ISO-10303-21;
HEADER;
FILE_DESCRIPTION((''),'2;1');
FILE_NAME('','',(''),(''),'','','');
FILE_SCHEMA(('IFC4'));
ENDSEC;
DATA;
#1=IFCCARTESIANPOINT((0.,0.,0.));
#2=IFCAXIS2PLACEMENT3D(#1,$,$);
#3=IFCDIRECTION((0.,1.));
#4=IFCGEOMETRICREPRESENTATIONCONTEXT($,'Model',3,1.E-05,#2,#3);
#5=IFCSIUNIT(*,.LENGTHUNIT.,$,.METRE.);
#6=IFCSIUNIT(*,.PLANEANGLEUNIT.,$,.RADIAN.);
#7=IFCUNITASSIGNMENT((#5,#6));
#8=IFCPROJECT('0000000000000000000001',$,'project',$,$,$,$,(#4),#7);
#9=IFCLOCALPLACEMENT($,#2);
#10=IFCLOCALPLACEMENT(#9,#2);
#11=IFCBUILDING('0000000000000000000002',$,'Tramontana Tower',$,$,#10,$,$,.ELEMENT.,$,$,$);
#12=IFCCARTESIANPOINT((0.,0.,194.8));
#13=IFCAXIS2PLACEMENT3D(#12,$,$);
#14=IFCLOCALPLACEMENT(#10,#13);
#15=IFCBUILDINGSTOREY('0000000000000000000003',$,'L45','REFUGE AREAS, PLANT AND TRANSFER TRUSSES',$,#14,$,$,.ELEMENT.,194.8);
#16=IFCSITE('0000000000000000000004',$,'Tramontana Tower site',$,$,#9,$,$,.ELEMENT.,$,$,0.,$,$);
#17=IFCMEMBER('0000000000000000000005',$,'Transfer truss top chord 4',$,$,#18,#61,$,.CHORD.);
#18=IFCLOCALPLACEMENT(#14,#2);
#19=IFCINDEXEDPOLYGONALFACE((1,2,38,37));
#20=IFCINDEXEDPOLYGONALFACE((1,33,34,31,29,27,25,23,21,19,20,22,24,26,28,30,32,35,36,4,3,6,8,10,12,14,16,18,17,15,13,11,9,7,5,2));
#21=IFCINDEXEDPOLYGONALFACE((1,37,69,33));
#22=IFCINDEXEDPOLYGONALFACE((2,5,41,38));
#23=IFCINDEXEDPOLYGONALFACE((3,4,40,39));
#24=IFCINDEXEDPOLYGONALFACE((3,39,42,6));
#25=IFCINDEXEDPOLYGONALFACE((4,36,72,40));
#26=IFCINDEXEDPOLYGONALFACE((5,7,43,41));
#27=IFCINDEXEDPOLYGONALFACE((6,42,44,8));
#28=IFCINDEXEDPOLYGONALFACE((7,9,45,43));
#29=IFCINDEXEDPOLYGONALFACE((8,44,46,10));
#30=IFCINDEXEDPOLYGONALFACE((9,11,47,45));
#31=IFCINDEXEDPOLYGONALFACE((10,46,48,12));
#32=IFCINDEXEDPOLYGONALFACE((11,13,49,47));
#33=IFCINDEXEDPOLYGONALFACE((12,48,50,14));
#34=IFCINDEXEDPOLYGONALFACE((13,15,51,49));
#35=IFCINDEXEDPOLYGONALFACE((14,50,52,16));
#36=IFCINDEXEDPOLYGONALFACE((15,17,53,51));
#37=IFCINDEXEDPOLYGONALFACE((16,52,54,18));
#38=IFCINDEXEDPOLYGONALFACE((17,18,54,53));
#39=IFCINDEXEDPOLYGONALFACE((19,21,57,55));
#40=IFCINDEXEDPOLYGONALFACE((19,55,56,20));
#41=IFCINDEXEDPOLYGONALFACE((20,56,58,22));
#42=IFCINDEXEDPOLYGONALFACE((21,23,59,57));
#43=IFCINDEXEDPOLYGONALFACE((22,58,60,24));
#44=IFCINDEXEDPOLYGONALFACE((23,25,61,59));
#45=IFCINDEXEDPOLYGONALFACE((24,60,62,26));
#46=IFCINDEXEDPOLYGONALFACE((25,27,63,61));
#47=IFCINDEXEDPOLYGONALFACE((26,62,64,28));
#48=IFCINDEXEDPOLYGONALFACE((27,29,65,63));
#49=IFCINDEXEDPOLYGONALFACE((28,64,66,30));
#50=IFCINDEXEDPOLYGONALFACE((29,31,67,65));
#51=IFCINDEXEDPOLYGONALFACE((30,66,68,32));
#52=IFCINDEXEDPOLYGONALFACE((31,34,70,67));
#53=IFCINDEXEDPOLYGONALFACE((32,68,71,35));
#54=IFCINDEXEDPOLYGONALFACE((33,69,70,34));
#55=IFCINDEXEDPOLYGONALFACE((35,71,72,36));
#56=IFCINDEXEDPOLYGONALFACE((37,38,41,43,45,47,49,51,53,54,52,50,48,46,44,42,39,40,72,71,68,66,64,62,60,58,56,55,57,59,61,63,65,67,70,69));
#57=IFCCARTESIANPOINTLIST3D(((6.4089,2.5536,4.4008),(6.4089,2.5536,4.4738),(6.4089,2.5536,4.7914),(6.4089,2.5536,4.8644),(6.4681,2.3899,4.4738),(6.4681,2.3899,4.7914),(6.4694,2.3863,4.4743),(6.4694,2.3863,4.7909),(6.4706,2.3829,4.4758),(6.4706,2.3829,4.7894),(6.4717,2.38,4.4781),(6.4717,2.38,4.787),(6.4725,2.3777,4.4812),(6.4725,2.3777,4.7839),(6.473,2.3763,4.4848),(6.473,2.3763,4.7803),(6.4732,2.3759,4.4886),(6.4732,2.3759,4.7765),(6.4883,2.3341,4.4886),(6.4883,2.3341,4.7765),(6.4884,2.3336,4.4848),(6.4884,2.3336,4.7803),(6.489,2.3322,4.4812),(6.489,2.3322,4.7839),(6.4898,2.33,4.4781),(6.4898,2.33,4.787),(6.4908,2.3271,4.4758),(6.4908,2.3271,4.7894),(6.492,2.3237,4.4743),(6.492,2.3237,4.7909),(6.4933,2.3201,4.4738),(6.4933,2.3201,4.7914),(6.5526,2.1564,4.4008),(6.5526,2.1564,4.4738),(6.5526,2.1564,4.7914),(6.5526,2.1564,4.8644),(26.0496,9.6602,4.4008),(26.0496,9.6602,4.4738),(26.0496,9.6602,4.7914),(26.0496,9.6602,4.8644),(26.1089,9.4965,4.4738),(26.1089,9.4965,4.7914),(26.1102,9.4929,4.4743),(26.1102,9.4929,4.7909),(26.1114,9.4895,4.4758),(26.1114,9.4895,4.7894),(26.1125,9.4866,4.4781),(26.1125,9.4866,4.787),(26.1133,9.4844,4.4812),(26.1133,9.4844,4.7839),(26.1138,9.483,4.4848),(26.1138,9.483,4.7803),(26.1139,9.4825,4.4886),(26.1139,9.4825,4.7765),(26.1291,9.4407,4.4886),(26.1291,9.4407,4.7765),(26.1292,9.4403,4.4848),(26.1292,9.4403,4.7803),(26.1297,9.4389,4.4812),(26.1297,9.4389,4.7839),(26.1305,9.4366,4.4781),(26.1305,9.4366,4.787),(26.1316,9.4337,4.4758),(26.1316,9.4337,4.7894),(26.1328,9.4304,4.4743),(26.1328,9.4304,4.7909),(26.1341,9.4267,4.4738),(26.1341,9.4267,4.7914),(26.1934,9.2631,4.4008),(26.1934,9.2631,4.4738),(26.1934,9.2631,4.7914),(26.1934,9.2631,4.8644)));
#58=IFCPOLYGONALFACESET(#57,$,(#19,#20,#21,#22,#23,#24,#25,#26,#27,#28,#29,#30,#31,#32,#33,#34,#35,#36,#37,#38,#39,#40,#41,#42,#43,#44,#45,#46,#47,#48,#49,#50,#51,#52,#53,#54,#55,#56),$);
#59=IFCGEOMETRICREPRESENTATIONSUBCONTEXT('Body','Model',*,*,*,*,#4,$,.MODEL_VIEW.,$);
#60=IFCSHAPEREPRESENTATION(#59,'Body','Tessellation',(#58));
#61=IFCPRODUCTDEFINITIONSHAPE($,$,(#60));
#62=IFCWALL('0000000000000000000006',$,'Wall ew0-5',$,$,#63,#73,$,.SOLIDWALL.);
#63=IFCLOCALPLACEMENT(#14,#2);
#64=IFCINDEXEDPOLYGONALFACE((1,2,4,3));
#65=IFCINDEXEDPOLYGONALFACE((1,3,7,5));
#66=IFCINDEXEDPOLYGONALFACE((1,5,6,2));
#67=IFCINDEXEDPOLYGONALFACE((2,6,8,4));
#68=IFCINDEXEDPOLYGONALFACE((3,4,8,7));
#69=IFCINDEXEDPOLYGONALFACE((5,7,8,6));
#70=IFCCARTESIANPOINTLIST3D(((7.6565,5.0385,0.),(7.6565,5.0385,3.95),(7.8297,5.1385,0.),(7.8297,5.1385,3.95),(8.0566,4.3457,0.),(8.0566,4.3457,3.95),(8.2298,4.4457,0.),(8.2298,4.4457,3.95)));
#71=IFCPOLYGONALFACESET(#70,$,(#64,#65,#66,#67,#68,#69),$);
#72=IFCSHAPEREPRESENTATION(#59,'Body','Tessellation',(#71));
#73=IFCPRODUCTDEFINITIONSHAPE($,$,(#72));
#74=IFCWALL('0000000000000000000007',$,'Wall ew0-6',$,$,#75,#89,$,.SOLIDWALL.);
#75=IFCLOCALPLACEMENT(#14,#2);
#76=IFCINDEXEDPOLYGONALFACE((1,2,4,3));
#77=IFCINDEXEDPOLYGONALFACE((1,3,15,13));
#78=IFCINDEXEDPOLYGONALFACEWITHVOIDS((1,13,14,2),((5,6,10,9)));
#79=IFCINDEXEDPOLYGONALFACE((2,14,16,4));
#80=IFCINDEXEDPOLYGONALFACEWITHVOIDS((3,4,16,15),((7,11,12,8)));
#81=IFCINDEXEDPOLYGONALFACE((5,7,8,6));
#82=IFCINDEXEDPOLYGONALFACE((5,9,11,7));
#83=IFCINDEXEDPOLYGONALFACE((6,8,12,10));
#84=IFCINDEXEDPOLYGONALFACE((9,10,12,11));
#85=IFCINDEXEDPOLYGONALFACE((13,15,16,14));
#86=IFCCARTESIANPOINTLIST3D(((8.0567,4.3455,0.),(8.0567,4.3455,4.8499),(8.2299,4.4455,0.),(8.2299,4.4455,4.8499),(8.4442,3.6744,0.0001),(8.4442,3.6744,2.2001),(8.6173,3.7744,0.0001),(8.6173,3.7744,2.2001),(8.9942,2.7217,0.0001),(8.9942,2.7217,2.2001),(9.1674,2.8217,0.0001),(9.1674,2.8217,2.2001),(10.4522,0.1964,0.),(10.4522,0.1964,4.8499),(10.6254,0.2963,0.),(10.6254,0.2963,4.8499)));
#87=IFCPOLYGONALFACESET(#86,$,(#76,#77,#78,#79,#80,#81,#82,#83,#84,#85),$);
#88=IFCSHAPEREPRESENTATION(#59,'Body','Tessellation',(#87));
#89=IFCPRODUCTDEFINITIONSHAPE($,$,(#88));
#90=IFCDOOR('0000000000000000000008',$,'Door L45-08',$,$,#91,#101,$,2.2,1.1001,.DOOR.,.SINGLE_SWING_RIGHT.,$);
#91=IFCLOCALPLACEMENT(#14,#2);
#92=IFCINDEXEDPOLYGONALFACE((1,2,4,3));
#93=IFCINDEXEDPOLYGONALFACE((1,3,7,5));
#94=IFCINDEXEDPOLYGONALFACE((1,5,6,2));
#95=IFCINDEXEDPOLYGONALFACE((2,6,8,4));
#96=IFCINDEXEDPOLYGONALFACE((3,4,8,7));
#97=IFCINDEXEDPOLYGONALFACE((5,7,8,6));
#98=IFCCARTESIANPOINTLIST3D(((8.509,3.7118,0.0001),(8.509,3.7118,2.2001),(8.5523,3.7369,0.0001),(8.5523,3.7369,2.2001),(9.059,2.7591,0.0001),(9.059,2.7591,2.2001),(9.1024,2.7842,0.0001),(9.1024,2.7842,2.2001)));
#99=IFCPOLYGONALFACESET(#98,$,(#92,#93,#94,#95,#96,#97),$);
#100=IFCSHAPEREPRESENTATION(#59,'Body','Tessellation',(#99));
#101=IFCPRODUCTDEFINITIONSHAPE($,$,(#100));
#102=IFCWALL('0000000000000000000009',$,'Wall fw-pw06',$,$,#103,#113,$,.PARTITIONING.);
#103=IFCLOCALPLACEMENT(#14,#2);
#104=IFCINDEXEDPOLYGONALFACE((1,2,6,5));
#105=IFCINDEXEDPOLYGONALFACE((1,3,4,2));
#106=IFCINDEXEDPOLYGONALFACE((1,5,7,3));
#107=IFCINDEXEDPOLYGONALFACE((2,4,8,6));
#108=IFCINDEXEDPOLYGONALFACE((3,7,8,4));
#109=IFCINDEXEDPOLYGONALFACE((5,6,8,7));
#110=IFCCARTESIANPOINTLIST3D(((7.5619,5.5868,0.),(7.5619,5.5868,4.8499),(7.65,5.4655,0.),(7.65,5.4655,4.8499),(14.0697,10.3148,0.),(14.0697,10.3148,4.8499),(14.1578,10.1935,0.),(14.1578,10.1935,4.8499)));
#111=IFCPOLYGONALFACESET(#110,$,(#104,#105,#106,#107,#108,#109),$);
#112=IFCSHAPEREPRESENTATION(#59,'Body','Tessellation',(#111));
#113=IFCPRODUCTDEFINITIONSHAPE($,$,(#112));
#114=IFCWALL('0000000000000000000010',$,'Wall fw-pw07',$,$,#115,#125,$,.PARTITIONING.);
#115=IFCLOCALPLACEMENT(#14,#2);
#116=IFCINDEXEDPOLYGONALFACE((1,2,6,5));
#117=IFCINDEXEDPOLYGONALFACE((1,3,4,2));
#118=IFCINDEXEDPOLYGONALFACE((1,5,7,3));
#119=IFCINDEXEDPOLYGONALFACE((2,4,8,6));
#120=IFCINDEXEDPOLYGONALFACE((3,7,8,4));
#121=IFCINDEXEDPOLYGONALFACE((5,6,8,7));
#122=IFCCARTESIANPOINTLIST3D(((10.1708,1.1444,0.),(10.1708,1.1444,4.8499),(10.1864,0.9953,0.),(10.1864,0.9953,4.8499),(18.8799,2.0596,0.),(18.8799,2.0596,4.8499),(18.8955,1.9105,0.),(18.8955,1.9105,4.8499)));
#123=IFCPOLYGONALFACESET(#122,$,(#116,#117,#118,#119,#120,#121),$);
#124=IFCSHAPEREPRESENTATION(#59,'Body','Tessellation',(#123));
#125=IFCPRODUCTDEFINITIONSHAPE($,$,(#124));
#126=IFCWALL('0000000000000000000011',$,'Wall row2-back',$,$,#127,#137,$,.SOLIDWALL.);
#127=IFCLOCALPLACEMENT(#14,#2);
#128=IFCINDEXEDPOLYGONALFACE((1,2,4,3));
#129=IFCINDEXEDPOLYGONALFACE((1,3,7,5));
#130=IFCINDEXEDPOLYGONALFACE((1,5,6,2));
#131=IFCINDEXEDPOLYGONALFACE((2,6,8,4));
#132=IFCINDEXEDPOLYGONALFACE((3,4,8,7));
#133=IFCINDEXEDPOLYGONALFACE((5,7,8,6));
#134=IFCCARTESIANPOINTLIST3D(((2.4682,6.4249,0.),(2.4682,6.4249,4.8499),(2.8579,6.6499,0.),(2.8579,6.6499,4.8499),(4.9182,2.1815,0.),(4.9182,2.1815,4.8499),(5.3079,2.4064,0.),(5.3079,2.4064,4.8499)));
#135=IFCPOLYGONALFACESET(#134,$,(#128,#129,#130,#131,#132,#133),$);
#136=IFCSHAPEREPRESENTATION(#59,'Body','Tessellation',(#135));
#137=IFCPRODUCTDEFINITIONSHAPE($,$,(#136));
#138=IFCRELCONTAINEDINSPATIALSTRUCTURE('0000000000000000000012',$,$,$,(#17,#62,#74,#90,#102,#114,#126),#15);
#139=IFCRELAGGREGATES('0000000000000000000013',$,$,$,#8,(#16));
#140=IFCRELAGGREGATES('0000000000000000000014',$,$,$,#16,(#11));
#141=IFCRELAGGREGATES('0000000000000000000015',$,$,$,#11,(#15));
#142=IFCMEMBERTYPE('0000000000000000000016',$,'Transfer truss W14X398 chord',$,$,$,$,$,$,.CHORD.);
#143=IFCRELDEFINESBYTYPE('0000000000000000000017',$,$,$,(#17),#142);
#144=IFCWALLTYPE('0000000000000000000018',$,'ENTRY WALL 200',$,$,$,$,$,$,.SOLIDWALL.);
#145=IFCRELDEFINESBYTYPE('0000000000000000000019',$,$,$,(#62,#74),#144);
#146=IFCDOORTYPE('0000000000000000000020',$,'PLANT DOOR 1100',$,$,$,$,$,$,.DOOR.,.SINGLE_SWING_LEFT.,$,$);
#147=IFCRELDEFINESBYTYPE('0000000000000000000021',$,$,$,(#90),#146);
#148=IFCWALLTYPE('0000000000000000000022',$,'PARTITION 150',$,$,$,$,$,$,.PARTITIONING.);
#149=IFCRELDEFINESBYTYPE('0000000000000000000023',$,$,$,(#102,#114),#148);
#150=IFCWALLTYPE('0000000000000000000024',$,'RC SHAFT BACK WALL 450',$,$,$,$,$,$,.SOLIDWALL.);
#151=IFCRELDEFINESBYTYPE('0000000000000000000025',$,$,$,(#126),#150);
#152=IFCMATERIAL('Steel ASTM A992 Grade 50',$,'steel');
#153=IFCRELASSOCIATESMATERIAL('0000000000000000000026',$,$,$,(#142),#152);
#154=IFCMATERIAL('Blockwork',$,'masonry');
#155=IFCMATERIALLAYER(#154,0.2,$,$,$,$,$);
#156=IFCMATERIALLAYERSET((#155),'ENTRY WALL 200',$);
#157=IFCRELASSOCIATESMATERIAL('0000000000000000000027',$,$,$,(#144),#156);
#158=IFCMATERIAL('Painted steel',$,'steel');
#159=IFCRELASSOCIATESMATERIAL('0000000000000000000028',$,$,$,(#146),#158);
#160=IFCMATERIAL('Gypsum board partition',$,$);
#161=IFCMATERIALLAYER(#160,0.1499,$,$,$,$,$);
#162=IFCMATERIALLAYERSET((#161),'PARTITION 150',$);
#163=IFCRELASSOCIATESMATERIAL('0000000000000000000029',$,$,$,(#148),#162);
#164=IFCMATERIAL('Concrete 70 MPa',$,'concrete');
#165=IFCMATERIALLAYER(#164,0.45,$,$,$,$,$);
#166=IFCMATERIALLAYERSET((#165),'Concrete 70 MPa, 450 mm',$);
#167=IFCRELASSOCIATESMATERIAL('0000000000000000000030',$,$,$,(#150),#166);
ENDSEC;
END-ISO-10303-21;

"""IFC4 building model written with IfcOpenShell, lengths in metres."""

from ifc_helpers import new_model, si_unit, direction, frame, frame_2d, origin, origin_2d, place, context, subcontext, project, spatial, rectangle, i_section, extrude, material, layer, layer_set, material_profile, profile_set, type_object, element, fill, save


model = new_model("IFC4")

# Units and contexts
model_context = context("Model", 3, precision=1e-05, world=origin(), true_north=direction((0.0, 1.0)))
body_context = subcontext(model_context, "Body", "Model", "MODEL_VIEW")
ifc_project = project(units=[si_unit("LENGTHUNIT", "METRE"), si_unit("PLANEANGLEUNIT", "RADIAN")], contexts=[model_context])

# Site, building, storey
site_placement = place(None, origin())
site = spatial("IfcSite", under=ifc_project, at=site_placement, Name="Tramontana Tower site", CompositionType="ELEMENT", RefElevation=0.0)
building_placement = place(site_placement, origin())
building = spatial("IfcBuilding", under=site, at=building_placement, Name="Tramontana Tower", CompositionType="ELEMENT")
storey_placement = place(building_placement, frame((0.0, 0.0, 194.8)))
storey = spatial("IfcBuildingStorey", under=building, at=storey_placement, Name="L45", Description="REFUGE AREAS, PLANT AND TRANSFER TRUSSES", CompositionType="ELEMENT", Elevation=194.8)

# Member
ifc_material_1 = material(Name="Steel ASTM A992 Grade 50", Category="steel")
ifc_material_profile_1 = material_profile(ifc_material_1, i_section(OverallWidth=0.4224, OverallDepth=0.4636, WebThickness=0.0444, FlangeThickness=0.073, FilletRadius=0.0149, at=origin_2d()), Name="W14X398")
ifc_profile_set_1 = profile_set([ifc_material_profile_1], Name="Steel ASTM A992 Grade 50")
member_type_1 = type_object("IfcMemberType", Name="Transfer truss W14X398 chord", PredefinedType="CHORD", material=ifc_profile_set_1)
for number, where, z_axis, x_axis, name in (
    (1, (6.4807, 2.355, 4.6326), (0.940337, 0.340244, 0.0), (-0.340244, 0.940337, 0.0), "Transfer truss top chord 4"),
):
    element("IfcMember", number, at=place(storey_placement, frame(where, z_axis=z_axis, x_axis=x_axis)), inside=storey, type_object=member_type_1, Name=name, PredefinedType="CHORD", context=body_context, shape_type="SweptSolid", body=[
        extrude(i_section(OverallWidth=0.4224, OverallDepth=0.4636, WebThickness=0.0444, FlangeThickness=0.073, FilletRadius=0.0149, at=origin_2d()), origin(), (0.0, 0.0, 1.0), 20.887),
    ])

# Wall
ifc_material_2 = material(Name="Blockwork", Category="masonry")
ifc_layer_1 = layer(ifc_material_2, 0.2)
ifc_layer_set_1 = layer_set([ifc_layer_1], Name="ENTRY WALL 200")
wall_type_1 = type_object("IfcWallType", Name="ENTRY WALL 200", PredefinedType="SOLIDWALL", material=ifc_layer_set_1)
wall_1_placement = place(storey_placement, frame((7.7432, 5.0884, 0.0), z_axis=(0.0, 0.0, 1.0), x_axis=(0.50011, -0.865962, 0.0)))
element("IfcWall", 2, at=wall_1_placement, inside=storey, type_object=wall_type_1, Name="Wall ew0-5", PredefinedType="SOLIDWALL", context=body_context, shape_type="SweptSolid", body=[
    extrude(rectangle(XDim=0.8, YDim=0.2, at=frame_2d((0.3999, 0.0))), origin(), (0.0, 0.0, 1.0), 3.95),
])

# Wall, opening, door
wall_2_placement = place(storey_placement, frame((8.1433, 4.3955, 0.0), z_axis=(0.0, 0.0, 1.0), x_axis=(0.499997, -0.866027, 0.0)))
wall_2 = element("IfcWall", 3, at=wall_2_placement, inside=storey, type_object=wall_type_1, Name="Wall ew0-6", PredefinedType="SOLIDWALL", context=body_context, shape_type="SweptSolid", body=[
    extrude(rectangle(XDim=4.791, YDim=0.2, at=frame_2d((2.3955, 0.0))), origin(), (0.0, 0.0, 1.0), 4.8499),
])
opening_1_placement = place(wall_2_placement, frame((0.7749, 0.0, 0.0)))
opening_1 = element("IfcOpeningElement", 4, at=opening_1_placement, cuts=wall_2, PredefinedType="OPENING", context=body_context, shape_type="SweptSolid", body=[
    extrude(rectangle(XDim=1.1001, YDim=2.2, at=frame_2d((0.55, 1.1001))), frame((0.0, 0.1099, 0.0), z_axis=(0.0, -1.0, 0.0), x_axis=(1.0, 0.0, 0.0)), (0.0, 0.0, 1.0), 0.22),
])
ifc_material_3 = material(Name="Painted steel", Category="steel")
door_type_1 = type_object("IfcDoorType", Name="PLANT DOOR 1100", OperationType="SINGLE_SWING_LEFT", PredefinedType="DOOR", material=ifc_material_3)
door_1_placement = place(opening_1_placement, origin())
door_1 = element("IfcDoor", 5, at=door_1_placement, inside=storey, type_object=door_type_1, Name="Door L45-08", OperationType="SINGLE_SWING_RIGHT", OverallHeight=2.2, OverallWidth=1.1001, PredefinedType="DOOR", context=body_context, shape_type="SweptSolid", body=[
    extrude(rectangle(XDim=1.1001, YDim=2.2, at=frame_2d((0.55, 1.1001))), frame((0.0, 0.0249, 0.0), z_axis=(0.0, -1.0, 0.0), x_axis=(1.0, 0.0, 0.0)), (0.0, 0.0, 1.0), 0.05),
])
fill(opening_1, door_1)

# Walls
ifc_material_4 = material(Name="Gypsum board partition")
ifc_layer_2 = layer(ifc_material_4, 0.1499)
ifc_layer_set_2 = layer_set([ifc_layer_2], Name="PARTITION 150")
wall_type_2 = type_object("IfcWallType", Name="PARTITION 150", PredefinedType="PARTITIONING", material=ifc_layer_set_2)
wall_3_placement = place(storey_placement, frame((7.606, 5.5261, 0.0), z_axis=(0.0, 0.0, 1.0), x_axis=(0.809027, 0.587771, 0.0)))
element("IfcWall", 6, at=wall_3_placement, inside=storey, type_object=wall_type_2, Name="Wall fw-pw06", PredefinedType="PARTITIONING", context=body_context, shape_type="SweptSolid", body=[
    extrude(rectangle(XDim=8.0439, YDim=0.1499, at=frame_2d((4.022, 0.0))), origin(), (0.0, 0.0, 1.0), 4.8499),
])
wall_4_placement = place(storey_placement, frame((10.1787, 1.0698, 0.0), z_axis=(0.0, 0.0, 1.0), x_axis=(0.994523, 0.104518, 0.0)))
element("IfcWall", 7, at=wall_4_placement, inside=storey, type_object=wall_type_2, Name="Wall fw-pw07", PredefinedType="PARTITIONING", context=body_context, shape_type="SweptSolid", body=[
    extrude(rectangle(XDim=8.7571, YDim=0.1499, at=frame_2d((4.3784, 0.0))), origin(), (0.0, 0.0, 1.0), 4.8499),
])
ifc_material_5 = material(Name="Concrete 70 MPa", Category="concrete")
ifc_layer_3 = layer(ifc_material_5, 0.45)
ifc_layer_set_3 = layer_set([ifc_layer_3], Name="Concrete 70 MPa, 450 mm")
wall_type_3 = type_object("IfcWallType", Name="RC SHAFT BACK WALL 450", PredefinedType="SOLIDWALL", material=ifc_layer_set_3)
wall_5_placement = place(storey_placement, frame((5.113, 2.2939, 0.0), z_axis=(0.0, 0.0, 1.0), x_axis=(-0.500003, 0.866024, 0.0)))
element("IfcWall", 8, at=wall_5_placement, inside=storey, type_object=wall_type_3, Name="Wall row2-back", PredefinedType="SOLIDWALL", context=body_context, shape_type="SweptSolid", body=[
    extrude(rectangle(XDim=4.8999, YDim=0.45, at=frame_2d((2.45, 0.0))), origin(), (0.0, 0.0, 1.0), 4.8499),
])

save(model, "model.ifc")
